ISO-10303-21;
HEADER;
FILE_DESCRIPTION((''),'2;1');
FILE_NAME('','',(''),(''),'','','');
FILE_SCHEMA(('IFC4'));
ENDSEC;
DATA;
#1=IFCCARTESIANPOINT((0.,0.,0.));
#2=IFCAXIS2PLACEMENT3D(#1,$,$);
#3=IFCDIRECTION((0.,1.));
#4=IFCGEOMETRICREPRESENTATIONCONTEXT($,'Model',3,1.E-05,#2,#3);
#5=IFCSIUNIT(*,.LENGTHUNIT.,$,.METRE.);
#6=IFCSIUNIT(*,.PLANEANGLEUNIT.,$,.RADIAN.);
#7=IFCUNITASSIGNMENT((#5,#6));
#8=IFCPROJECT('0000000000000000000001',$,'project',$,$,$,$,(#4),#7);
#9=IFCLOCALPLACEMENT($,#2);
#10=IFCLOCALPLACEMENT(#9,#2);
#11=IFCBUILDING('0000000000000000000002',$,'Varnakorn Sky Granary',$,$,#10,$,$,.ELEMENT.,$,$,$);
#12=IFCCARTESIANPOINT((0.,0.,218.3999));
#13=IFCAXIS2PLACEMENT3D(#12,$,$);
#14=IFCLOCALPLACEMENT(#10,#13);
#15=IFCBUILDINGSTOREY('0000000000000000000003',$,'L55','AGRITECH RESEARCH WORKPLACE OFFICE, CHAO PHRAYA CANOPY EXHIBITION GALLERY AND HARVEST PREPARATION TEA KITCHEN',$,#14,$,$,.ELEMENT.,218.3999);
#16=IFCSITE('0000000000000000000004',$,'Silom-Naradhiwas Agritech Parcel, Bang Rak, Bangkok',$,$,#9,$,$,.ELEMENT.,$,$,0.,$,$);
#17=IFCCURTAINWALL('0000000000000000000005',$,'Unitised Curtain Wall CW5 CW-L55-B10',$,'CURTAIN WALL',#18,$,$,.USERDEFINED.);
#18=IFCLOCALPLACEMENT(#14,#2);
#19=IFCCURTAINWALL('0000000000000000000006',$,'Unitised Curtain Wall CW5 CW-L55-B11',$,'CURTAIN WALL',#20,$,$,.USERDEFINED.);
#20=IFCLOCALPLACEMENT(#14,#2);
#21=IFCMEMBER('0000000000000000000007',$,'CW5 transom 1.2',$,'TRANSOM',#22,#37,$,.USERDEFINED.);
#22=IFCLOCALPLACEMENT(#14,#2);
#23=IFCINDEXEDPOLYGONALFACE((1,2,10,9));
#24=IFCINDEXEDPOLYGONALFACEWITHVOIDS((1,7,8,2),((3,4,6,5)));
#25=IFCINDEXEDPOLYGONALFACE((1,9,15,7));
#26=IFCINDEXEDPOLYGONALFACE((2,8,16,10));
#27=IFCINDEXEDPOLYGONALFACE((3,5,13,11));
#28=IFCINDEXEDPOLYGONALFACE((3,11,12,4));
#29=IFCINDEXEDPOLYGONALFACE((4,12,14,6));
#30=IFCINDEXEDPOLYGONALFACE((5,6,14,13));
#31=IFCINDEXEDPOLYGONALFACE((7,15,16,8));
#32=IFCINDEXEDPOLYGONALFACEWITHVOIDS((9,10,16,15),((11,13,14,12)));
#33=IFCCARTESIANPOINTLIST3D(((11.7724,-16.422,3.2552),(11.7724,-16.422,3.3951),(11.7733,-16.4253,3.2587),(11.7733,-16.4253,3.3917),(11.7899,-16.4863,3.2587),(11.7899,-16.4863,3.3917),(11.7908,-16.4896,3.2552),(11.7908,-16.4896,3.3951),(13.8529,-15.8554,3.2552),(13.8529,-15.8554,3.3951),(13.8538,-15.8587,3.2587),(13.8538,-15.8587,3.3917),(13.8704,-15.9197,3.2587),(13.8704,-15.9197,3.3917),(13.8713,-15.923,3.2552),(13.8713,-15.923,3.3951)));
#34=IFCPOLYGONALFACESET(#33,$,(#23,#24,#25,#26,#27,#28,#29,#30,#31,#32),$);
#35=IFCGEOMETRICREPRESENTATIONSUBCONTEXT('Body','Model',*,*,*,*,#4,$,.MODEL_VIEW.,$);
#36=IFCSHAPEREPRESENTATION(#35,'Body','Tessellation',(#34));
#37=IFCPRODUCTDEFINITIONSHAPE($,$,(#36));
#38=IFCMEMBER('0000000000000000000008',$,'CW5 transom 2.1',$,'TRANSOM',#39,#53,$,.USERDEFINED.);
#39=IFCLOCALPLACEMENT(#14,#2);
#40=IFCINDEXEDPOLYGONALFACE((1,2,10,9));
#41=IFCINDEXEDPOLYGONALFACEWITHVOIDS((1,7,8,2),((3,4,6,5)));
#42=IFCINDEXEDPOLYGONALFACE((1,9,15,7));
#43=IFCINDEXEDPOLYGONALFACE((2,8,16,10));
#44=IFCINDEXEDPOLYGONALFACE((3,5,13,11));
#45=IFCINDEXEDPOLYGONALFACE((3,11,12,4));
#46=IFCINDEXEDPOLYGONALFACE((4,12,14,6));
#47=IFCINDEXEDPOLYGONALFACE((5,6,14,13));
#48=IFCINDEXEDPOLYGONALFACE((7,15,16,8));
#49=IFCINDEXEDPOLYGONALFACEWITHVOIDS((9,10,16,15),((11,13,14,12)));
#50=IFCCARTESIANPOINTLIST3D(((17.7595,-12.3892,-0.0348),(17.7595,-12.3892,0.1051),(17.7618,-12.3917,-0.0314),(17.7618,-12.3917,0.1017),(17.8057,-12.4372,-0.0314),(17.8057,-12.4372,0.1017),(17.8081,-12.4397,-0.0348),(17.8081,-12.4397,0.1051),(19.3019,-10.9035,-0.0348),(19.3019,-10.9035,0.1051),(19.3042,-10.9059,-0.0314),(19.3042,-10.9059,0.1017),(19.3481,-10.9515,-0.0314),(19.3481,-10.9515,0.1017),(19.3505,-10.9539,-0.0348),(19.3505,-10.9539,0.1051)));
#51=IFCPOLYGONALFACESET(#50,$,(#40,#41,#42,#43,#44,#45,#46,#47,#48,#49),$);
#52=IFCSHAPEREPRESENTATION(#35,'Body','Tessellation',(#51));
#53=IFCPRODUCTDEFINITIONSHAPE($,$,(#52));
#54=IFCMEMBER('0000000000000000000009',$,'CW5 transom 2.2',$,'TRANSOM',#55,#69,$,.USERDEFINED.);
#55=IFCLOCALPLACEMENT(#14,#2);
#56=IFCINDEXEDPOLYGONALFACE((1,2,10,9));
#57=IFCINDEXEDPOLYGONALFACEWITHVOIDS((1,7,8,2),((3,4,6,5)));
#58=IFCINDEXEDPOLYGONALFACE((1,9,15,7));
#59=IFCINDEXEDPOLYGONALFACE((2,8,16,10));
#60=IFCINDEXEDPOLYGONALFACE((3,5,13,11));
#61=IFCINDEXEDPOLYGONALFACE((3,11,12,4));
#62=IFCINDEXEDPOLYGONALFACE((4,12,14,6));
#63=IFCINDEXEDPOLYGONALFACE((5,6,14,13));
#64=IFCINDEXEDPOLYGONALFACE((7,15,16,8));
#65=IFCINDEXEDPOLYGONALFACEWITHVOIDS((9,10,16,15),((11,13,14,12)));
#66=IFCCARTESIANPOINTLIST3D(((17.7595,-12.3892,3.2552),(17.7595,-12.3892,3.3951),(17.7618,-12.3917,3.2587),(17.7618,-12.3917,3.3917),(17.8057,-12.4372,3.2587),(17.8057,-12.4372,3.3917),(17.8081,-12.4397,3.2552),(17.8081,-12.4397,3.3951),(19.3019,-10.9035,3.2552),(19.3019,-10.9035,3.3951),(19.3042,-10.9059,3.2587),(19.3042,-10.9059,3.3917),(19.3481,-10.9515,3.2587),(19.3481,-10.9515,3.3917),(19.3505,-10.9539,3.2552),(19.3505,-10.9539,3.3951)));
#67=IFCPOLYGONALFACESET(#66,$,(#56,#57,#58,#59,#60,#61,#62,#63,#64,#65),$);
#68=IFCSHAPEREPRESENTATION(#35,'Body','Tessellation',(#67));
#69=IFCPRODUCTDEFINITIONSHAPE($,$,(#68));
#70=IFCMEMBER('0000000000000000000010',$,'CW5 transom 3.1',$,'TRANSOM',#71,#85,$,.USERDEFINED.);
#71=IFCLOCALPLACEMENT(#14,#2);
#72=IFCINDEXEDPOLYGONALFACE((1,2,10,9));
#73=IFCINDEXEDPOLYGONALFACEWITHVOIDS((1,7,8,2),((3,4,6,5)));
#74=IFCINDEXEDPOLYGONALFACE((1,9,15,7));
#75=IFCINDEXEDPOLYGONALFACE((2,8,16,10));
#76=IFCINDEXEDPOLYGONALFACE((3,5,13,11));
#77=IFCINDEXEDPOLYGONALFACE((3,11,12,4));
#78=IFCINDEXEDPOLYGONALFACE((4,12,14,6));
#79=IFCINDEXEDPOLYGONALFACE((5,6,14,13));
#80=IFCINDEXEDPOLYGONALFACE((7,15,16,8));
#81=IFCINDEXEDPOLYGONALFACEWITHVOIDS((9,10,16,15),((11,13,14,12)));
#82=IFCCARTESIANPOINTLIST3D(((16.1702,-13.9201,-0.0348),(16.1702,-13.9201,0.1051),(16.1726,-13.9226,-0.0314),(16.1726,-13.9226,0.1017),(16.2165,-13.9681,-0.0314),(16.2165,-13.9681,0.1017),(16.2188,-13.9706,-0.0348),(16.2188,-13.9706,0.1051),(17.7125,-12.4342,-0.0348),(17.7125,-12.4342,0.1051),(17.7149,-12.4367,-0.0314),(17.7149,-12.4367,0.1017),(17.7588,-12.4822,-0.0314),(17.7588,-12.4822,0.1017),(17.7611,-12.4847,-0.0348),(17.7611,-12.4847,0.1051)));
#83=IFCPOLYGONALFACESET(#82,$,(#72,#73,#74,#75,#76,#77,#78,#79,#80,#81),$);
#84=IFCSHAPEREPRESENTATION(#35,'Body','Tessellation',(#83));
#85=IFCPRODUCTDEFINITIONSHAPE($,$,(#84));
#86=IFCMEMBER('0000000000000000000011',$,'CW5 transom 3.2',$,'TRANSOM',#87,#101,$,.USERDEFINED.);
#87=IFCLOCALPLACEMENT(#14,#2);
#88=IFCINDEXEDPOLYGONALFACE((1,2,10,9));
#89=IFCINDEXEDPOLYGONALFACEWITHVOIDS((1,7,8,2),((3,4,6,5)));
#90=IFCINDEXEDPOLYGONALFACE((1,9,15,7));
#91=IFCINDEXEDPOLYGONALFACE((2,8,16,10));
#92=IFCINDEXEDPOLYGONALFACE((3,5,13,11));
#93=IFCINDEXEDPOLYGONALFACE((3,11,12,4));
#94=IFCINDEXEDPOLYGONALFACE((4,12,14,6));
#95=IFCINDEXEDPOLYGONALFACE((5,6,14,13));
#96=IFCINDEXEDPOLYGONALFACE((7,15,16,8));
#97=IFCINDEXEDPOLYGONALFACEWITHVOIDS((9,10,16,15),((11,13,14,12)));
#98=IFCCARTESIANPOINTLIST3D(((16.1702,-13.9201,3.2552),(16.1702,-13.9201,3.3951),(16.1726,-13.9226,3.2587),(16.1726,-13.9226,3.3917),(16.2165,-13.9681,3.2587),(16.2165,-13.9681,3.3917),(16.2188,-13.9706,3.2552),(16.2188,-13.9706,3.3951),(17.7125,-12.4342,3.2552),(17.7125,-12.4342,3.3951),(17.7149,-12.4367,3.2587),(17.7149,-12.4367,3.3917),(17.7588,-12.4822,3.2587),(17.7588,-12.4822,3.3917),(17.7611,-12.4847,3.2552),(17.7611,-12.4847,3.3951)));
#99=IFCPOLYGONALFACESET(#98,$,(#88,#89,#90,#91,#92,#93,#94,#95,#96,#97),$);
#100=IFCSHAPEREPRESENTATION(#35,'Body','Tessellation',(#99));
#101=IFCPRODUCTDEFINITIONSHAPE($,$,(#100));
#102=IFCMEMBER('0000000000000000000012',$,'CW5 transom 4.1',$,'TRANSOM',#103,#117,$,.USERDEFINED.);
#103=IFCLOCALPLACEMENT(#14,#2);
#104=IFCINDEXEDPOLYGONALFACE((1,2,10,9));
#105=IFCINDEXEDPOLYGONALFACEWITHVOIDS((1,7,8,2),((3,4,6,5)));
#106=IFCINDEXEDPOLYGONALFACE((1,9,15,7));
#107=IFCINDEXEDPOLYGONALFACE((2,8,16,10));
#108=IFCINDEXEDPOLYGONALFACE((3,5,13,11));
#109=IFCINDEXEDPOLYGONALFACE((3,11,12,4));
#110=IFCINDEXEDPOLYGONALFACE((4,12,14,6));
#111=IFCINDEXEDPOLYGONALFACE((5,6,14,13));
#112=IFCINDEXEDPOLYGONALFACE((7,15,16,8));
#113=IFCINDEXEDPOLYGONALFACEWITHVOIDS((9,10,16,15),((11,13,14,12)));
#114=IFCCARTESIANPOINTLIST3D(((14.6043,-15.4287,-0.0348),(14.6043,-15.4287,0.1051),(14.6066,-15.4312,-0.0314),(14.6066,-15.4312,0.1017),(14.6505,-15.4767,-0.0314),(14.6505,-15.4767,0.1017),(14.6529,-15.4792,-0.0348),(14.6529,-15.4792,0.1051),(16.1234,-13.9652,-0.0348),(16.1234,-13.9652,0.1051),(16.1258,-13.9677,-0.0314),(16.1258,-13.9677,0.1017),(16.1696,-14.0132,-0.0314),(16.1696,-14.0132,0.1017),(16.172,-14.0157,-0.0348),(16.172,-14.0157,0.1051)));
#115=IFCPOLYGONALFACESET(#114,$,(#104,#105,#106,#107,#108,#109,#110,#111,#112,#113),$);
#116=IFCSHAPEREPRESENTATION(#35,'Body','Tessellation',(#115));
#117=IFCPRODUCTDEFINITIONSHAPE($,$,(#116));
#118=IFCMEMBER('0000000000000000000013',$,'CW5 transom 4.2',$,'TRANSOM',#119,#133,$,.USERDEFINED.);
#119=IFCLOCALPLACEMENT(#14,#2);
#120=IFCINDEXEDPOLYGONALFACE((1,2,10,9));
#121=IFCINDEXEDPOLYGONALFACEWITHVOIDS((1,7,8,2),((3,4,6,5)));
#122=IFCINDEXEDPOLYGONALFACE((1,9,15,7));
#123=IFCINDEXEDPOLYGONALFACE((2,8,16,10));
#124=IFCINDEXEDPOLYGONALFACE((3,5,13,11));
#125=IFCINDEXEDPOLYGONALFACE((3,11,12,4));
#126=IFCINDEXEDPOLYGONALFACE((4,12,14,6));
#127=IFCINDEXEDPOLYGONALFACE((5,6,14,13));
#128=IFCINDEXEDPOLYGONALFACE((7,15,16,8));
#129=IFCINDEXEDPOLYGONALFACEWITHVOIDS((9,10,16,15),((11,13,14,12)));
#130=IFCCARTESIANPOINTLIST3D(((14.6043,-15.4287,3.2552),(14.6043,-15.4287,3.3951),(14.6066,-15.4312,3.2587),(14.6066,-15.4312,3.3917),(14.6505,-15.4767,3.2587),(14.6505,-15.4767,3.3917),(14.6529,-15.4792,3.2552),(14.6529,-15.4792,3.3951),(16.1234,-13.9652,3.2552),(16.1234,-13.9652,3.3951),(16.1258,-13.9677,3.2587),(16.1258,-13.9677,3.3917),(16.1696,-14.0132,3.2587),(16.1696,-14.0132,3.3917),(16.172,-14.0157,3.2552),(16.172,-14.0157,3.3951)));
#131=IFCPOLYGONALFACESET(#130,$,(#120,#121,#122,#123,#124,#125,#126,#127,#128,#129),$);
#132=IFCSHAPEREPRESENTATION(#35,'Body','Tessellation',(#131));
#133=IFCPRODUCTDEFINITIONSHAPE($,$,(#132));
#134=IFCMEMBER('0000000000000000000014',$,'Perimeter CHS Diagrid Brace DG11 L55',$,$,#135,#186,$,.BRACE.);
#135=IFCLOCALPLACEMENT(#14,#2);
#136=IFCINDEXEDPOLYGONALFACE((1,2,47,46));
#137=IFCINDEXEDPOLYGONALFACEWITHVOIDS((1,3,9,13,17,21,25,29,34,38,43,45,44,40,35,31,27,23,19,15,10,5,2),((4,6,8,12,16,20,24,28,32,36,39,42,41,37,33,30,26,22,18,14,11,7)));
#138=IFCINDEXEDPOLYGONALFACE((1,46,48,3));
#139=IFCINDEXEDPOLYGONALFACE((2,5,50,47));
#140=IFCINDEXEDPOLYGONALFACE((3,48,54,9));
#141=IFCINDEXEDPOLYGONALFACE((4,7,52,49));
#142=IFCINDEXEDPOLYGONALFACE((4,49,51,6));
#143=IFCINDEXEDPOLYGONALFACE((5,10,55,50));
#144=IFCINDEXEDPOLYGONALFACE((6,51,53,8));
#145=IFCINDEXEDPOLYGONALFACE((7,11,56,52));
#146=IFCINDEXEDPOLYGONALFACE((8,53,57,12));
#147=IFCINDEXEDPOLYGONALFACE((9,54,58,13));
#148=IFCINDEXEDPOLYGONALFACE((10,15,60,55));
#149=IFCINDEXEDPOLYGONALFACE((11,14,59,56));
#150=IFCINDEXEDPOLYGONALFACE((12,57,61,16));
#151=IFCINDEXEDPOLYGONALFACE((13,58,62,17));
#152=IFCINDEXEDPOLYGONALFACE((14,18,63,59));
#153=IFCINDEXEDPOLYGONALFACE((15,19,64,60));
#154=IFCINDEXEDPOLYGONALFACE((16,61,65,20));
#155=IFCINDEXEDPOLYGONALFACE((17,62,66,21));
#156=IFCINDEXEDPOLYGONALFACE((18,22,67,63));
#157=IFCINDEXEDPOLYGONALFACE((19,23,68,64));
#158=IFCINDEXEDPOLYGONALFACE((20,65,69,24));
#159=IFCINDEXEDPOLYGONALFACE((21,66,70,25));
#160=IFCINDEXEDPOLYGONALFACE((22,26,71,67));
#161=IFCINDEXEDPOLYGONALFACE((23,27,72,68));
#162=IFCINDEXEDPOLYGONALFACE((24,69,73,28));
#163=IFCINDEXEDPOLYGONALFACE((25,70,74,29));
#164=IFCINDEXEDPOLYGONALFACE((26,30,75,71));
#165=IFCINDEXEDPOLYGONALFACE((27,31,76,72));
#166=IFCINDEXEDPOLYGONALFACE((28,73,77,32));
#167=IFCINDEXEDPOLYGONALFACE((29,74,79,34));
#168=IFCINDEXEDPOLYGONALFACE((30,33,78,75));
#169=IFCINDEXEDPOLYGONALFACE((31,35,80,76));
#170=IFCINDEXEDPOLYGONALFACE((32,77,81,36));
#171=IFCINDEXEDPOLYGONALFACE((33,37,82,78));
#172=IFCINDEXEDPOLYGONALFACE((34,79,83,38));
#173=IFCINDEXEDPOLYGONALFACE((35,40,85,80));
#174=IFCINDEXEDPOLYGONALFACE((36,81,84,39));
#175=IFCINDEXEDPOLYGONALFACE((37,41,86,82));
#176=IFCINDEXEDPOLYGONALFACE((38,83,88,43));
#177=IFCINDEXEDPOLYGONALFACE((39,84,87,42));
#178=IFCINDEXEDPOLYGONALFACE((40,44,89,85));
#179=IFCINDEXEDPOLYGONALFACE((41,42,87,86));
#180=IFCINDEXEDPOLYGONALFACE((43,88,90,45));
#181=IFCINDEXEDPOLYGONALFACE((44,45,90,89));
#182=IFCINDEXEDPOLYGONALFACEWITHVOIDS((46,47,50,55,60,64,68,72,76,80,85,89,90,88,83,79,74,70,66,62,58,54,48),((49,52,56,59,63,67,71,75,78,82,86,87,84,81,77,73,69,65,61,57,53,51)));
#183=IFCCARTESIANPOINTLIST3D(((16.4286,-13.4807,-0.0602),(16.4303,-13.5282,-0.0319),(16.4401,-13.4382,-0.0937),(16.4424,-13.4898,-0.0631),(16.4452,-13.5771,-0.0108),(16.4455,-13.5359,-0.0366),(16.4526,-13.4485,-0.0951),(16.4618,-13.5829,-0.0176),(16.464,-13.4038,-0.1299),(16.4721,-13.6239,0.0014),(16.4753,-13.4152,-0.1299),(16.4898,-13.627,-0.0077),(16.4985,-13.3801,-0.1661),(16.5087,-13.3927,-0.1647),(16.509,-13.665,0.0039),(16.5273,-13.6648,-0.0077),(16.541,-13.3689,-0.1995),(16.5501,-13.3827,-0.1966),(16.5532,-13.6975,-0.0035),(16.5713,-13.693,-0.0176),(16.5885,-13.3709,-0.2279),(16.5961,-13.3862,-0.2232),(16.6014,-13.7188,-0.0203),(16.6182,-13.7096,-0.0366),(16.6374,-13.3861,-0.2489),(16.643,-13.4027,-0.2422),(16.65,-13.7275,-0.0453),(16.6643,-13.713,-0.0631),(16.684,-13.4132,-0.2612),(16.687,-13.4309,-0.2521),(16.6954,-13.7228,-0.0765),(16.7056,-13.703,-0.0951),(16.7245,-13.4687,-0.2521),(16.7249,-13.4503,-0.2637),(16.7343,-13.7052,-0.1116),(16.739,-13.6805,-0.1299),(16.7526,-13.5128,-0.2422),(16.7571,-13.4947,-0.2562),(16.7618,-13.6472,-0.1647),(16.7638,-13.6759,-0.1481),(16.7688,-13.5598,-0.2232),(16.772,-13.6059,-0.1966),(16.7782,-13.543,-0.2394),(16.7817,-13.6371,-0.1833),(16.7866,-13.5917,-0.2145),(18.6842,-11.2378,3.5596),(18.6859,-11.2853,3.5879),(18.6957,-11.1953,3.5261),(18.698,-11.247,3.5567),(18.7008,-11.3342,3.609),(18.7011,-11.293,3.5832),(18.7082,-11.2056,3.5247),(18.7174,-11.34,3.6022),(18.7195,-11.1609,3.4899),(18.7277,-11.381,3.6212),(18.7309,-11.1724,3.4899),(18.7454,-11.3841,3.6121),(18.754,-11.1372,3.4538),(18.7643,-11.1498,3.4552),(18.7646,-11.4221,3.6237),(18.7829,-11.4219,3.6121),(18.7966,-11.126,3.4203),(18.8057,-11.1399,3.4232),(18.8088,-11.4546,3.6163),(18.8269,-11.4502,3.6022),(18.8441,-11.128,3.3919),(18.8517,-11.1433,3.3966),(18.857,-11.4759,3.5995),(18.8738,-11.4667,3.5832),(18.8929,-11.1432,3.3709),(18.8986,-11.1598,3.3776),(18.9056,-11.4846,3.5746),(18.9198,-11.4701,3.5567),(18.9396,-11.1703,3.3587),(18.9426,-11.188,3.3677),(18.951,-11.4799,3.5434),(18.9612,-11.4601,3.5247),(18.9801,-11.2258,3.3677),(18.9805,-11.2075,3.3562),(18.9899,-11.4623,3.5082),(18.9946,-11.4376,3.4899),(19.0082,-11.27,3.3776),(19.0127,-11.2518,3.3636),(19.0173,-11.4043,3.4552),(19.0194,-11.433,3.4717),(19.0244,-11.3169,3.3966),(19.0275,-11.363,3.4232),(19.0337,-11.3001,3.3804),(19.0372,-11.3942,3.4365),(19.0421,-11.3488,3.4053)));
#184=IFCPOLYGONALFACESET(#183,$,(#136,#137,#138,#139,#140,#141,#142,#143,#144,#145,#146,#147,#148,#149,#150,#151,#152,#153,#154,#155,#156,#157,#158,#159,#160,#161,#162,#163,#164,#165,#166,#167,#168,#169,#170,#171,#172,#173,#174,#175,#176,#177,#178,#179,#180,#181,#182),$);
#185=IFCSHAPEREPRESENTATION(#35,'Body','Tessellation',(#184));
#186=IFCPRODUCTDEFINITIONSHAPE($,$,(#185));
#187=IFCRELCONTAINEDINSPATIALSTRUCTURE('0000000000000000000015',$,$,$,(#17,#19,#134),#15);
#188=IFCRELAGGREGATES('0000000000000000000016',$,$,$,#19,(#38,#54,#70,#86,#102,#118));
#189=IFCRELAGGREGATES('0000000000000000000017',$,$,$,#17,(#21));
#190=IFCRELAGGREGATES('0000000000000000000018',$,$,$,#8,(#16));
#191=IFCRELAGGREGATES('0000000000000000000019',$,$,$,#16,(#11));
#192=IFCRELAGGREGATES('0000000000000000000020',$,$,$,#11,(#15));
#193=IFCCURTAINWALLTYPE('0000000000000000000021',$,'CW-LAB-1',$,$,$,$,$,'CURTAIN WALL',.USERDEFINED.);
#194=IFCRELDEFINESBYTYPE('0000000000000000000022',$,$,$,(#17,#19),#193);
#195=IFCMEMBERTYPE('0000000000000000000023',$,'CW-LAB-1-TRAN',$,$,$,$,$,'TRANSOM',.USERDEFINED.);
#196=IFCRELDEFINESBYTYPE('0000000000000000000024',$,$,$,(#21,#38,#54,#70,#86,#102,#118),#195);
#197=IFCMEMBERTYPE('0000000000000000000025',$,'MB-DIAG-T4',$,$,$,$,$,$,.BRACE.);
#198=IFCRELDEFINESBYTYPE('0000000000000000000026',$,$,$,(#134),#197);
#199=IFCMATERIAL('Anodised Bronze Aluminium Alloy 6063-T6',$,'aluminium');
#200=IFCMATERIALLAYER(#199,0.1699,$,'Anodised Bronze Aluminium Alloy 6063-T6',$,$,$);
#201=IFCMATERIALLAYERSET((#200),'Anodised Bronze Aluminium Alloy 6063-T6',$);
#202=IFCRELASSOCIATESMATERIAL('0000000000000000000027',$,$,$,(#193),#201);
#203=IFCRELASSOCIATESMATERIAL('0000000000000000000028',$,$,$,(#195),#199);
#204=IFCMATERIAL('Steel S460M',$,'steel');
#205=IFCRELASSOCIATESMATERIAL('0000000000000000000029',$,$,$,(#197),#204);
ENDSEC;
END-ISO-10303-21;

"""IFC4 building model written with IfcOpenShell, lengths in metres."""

from ifc_helpers import new_model, si_unit, direction, frame, origin, origin_2d, place, context, subcontext, project, spatial, hollow_rectangle, hollow_circle, extrude, material, layer, layer_set, material_profile, profile_set, type_object, element, aggregate, save


model = new_model("IFC4")

# Units and contexts
model_context = context("Model", 3, precision=1e-05, world=origin(), true_north=direction((0.0, 1.0)))
body_context = subcontext(model_context, "Body", "Model", "MODEL_VIEW")
ifc_project = project(units=[si_unit("LENGTHUNIT", "METRE"), si_unit("PLANEANGLEUNIT", "RADIAN")], contexts=[model_context])

# Site, building, storey
site_placement = place(None, origin())
site = spatial("IfcSite", under=ifc_project, at=site_placement, Name="Silom-Naradhiwas Agritech Parcel, Bang Rak, Bangkok", CompositionType="ELEMENT", RefElevation=0.0)
building_placement = place(site_placement, origin())
building = spatial("IfcBuilding", under=site, at=building_placement, Name="Varnakorn Sky Granary", CompositionType="ELEMENT")
storey_placement = place(building_placement, frame((0.0, 0.0, 218.3999)))
storey = spatial("IfcBuildingStorey", under=building, at=storey_placement, Name="L55", Description="AGRITECH RESEARCH WORKPLACE OFFICE, CHAO PHRAYA CANOPY EXHIBITION GALLERY AND HARVEST PREPARATION TEA KITCHEN", CompositionType="ELEMENT", Elevation=218.3999)

# Shared definitions
ifc_material_1 = material(Name="Steel S460M", Category="steel")

# Curtain wall
ifc_material_2 = material(Name="Anodised Bronze Aluminium Alloy 6063-T6", Category="aluminium")
ifc_layer_1 = layer(ifc_material_2, 0.1699, Name="Anodised Bronze Aluminium Alloy 6063-T6")
ifc_layer_set_1 = layer_set([ifc_layer_1], Name="Anodised Bronze Aluminium Alloy 6063-T6")
curtain_wall_type = type_object("IfcCurtainWallType", Name="CW-LAB-1", ElementType="CURTAIN WALL", PredefinedType="USERDEFINED", material=ifc_layer_set_1)
curtain_wall_1_placement = place(storey_placement, origin())
curtain_wall_1 = element("IfcCurtainWall", 1, at=curtain_wall_1_placement, inside=storey, type_object=curtain_wall_type, Name="Unitised Curtain Wall CW5 CW-L55-B10", ObjectType="CURTAIN WALL", PredefinedType="USERDEFINED")

# Curtain wall
curtain_wall_2_placement = place(storey_placement, origin())
curtain_wall_2 = element("IfcCurtainWall", 2, at=curtain_wall_2_placement, inside=storey, type_object=curtain_wall_type, Name="Unitised Curtain Wall CW5 CW-L55-B11", ObjectType="CURTAIN WALL", PredefinedType="USERDEFINED")

# Members
ifc_material_profile_1 = material_profile(ifc_material_2, hollow_rectangle(XDim=0.0701, YDim=0.1399, WallThickness=0.0034, at=origin_2d()), Name="ALU TRAN 70x140")
ifc_profile_set_1 = profile_set([ifc_material_profile_1], Name="Anodised Bronze Aluminium Alloy 6063-T6")
member_type_1 = type_object("IfcMemberType", Name="CW-LAB-1-TRAN", ElementType="TRANSOM", PredefinedType="USERDEFINED", material=ifc_profile_set_1)
member_1_placement = place(storey_placement, frame((13.8621, -15.8892, 3.3252), z_axis=(-0.964855, -0.262782, 0.0), x_axis=(0.262782, -0.964855, 0.0)))
member_1 = element("IfcMember", 3, at=member_1_placement, type_object=member_type_1, Name="CW5 transom 1.2", ObjectType="TRANSOM", PredefinedType="USERDEFINED", context=body_context, shape_type="SweptSolid", body=[
    extrude(hollow_rectangle(XDim=0.0701, YDim=0.1399, WallThickness=0.0034, at=origin_2d()), origin(), (0.0, 0.0, 1.0), 2.1562),
])
member_2_placement = place(storey_placement, frame((19.3262, -10.9287, 0.0352), z_axis=(-0.720206, -0.69376, 0.0), x_axis=(0.69376, -0.720206, 0.0)))
member_2 = element("IfcMember", 4, at=member_2_placement, type_object=member_type_1, Name="CW5 transom 2.1", ObjectType="TRANSOM", PredefinedType="USERDEFINED", context=body_context, shape_type="SweptSolid", body=[
    extrude(hollow_rectangle(XDim=0.0701, YDim=0.1399, WallThickness=0.0034, at=origin_2d()), origin(), (0.0, 0.0, 1.0), 2.1416),
])
member_3_placement = place(storey_placement, frame((19.3262, -10.9287, 3.3252), z_axis=(-0.720206, -0.69376, 0.0), x_axis=(0.69376, -0.720206, 0.0)))
member_3 = element("IfcMember", 5, at=member_3_placement, type_object=member_type_1, Name="CW5 transom 2.2", ObjectType="TRANSOM", PredefinedType="USERDEFINED", context=body_context, shape_type="SweptSolid", body=[
    extrude(hollow_rectangle(XDim=0.0701, YDim=0.1399, WallThickness=0.0034, at=origin_2d()), origin(), (0.0, 0.0, 1.0), 2.1416),
])
member_4_placement = place(storey_placement, frame((17.7368, -12.4595, 0.0352), z_axis=(-0.720151, -0.693817, 0.0), x_axis=(0.693817, -0.720151, 0.0)))
member_4 = element("IfcMember", 6, at=member_4_placement, type_object=member_type_1, Name="CW5 transom 3.1", ObjectType="TRANSOM", PredefinedType="USERDEFINED", context=body_context, shape_type="SweptSolid", body=[
    extrude(hollow_rectangle(XDim=0.0701, YDim=0.1399, WallThickness=0.0034, at=origin_2d()), origin(), (0.0, 0.0, 1.0), 2.1416),
])
member_5_placement = place(storey_placement, frame((17.7368, -12.4595, 3.3252), z_axis=(-0.720151, -0.693817, 0.0), x_axis=(0.693817, -0.720151, 0.0)))
member_5 = element("IfcMember", 7, at=member_5_placement, type_object=member_type_1, Name="CW5 transom 3.2", ObjectType="TRANSOM", PredefinedType="USERDEFINED", context=body_context, shape_type="SweptSolid", body=[
    extrude(hollow_rectangle(XDim=0.0701, YDim=0.1399, WallThickness=0.0034, at=origin_2d()), origin(), (0.0, 0.0, 1.0), 2.1416),
])
member_6_placement = place(storey_placement, frame((16.1477, -13.9905, 0.0352), z_axis=(-0.720179, -0.693788, 0.0), x_axis=(0.693788, -0.720179, 0.0)))
member_6 = element("IfcMember", 8, at=member_6_placement, type_object=member_type_1, Name="CW5 transom 4.1", ObjectType="TRANSOM", PredefinedType="USERDEFINED", context=body_context, shape_type="SweptSolid", body=[
    extrude(hollow_rectangle(XDim=0.0701, YDim=0.1399, WallThickness=0.0034, at=origin_2d()), origin(), (0.0, 0.0, 1.0), 2.1094),
])
member_7_placement = place(storey_placement, frame((16.1477, -13.9905, 3.3252), z_axis=(-0.720179, -0.693788, 0.0), x_axis=(0.693788, -0.720179, 0.0)))
member_7 = element("IfcMember", 9, at=member_7_placement, type_object=member_type_1, Name="CW5 transom 4.2", ObjectType="TRANSOM", PredefinedType="USERDEFINED", context=body_context, shape_type="SweptSolid", body=[
    extrude(hollow_rectangle(XDim=0.0701, YDim=0.1399, WallThickness=0.0034, at=origin_2d()), origin(), (0.0, 0.0, 1.0), 2.1094),
])
ifc_material_profile_2 = material_profile(ifc_material_1, hollow_circle(Radius=0.2031, WallThickness=0.0161, at=origin_2d()), Name="CHS 406.4x16")
ifc_profile_set_2 = profile_set([ifc_material_profile_2], Name="Steel S460M")
member_type_2 = type_object("IfcMemberType", Name="MB-DIAG-T4", PredefinedType="BRACE", material=ifc_profile_set_2)
member_8_placement = place(storey_placement, frame((16.6072, -13.5479, -0.1299), z_axis=(0.468075, 0.465441, 0.75118), x_axis=(-0.705108, 0.709099, 0.0)))
element("IfcMember", 10, at=member_8_placement, inside=storey, type_object=member_type_2, Name="Perimeter CHS Diagrid Brace DG11 L55", PredefinedType="BRACE", context=body_context, shape_type="SweptSolid", body=[
    extrude(hollow_circle(Radius=0.2031, WallThickness=0.0161, at=origin_2d()), origin(), (0.0, 0.0, 1.0), 4.8188),
])

aggregate(curtain_wall_2, [member_2, member_3, member_4, member_5, member_6, member_7])
aggregate(curtain_wall_1, [member_1])

save(model, "model.ifc")
